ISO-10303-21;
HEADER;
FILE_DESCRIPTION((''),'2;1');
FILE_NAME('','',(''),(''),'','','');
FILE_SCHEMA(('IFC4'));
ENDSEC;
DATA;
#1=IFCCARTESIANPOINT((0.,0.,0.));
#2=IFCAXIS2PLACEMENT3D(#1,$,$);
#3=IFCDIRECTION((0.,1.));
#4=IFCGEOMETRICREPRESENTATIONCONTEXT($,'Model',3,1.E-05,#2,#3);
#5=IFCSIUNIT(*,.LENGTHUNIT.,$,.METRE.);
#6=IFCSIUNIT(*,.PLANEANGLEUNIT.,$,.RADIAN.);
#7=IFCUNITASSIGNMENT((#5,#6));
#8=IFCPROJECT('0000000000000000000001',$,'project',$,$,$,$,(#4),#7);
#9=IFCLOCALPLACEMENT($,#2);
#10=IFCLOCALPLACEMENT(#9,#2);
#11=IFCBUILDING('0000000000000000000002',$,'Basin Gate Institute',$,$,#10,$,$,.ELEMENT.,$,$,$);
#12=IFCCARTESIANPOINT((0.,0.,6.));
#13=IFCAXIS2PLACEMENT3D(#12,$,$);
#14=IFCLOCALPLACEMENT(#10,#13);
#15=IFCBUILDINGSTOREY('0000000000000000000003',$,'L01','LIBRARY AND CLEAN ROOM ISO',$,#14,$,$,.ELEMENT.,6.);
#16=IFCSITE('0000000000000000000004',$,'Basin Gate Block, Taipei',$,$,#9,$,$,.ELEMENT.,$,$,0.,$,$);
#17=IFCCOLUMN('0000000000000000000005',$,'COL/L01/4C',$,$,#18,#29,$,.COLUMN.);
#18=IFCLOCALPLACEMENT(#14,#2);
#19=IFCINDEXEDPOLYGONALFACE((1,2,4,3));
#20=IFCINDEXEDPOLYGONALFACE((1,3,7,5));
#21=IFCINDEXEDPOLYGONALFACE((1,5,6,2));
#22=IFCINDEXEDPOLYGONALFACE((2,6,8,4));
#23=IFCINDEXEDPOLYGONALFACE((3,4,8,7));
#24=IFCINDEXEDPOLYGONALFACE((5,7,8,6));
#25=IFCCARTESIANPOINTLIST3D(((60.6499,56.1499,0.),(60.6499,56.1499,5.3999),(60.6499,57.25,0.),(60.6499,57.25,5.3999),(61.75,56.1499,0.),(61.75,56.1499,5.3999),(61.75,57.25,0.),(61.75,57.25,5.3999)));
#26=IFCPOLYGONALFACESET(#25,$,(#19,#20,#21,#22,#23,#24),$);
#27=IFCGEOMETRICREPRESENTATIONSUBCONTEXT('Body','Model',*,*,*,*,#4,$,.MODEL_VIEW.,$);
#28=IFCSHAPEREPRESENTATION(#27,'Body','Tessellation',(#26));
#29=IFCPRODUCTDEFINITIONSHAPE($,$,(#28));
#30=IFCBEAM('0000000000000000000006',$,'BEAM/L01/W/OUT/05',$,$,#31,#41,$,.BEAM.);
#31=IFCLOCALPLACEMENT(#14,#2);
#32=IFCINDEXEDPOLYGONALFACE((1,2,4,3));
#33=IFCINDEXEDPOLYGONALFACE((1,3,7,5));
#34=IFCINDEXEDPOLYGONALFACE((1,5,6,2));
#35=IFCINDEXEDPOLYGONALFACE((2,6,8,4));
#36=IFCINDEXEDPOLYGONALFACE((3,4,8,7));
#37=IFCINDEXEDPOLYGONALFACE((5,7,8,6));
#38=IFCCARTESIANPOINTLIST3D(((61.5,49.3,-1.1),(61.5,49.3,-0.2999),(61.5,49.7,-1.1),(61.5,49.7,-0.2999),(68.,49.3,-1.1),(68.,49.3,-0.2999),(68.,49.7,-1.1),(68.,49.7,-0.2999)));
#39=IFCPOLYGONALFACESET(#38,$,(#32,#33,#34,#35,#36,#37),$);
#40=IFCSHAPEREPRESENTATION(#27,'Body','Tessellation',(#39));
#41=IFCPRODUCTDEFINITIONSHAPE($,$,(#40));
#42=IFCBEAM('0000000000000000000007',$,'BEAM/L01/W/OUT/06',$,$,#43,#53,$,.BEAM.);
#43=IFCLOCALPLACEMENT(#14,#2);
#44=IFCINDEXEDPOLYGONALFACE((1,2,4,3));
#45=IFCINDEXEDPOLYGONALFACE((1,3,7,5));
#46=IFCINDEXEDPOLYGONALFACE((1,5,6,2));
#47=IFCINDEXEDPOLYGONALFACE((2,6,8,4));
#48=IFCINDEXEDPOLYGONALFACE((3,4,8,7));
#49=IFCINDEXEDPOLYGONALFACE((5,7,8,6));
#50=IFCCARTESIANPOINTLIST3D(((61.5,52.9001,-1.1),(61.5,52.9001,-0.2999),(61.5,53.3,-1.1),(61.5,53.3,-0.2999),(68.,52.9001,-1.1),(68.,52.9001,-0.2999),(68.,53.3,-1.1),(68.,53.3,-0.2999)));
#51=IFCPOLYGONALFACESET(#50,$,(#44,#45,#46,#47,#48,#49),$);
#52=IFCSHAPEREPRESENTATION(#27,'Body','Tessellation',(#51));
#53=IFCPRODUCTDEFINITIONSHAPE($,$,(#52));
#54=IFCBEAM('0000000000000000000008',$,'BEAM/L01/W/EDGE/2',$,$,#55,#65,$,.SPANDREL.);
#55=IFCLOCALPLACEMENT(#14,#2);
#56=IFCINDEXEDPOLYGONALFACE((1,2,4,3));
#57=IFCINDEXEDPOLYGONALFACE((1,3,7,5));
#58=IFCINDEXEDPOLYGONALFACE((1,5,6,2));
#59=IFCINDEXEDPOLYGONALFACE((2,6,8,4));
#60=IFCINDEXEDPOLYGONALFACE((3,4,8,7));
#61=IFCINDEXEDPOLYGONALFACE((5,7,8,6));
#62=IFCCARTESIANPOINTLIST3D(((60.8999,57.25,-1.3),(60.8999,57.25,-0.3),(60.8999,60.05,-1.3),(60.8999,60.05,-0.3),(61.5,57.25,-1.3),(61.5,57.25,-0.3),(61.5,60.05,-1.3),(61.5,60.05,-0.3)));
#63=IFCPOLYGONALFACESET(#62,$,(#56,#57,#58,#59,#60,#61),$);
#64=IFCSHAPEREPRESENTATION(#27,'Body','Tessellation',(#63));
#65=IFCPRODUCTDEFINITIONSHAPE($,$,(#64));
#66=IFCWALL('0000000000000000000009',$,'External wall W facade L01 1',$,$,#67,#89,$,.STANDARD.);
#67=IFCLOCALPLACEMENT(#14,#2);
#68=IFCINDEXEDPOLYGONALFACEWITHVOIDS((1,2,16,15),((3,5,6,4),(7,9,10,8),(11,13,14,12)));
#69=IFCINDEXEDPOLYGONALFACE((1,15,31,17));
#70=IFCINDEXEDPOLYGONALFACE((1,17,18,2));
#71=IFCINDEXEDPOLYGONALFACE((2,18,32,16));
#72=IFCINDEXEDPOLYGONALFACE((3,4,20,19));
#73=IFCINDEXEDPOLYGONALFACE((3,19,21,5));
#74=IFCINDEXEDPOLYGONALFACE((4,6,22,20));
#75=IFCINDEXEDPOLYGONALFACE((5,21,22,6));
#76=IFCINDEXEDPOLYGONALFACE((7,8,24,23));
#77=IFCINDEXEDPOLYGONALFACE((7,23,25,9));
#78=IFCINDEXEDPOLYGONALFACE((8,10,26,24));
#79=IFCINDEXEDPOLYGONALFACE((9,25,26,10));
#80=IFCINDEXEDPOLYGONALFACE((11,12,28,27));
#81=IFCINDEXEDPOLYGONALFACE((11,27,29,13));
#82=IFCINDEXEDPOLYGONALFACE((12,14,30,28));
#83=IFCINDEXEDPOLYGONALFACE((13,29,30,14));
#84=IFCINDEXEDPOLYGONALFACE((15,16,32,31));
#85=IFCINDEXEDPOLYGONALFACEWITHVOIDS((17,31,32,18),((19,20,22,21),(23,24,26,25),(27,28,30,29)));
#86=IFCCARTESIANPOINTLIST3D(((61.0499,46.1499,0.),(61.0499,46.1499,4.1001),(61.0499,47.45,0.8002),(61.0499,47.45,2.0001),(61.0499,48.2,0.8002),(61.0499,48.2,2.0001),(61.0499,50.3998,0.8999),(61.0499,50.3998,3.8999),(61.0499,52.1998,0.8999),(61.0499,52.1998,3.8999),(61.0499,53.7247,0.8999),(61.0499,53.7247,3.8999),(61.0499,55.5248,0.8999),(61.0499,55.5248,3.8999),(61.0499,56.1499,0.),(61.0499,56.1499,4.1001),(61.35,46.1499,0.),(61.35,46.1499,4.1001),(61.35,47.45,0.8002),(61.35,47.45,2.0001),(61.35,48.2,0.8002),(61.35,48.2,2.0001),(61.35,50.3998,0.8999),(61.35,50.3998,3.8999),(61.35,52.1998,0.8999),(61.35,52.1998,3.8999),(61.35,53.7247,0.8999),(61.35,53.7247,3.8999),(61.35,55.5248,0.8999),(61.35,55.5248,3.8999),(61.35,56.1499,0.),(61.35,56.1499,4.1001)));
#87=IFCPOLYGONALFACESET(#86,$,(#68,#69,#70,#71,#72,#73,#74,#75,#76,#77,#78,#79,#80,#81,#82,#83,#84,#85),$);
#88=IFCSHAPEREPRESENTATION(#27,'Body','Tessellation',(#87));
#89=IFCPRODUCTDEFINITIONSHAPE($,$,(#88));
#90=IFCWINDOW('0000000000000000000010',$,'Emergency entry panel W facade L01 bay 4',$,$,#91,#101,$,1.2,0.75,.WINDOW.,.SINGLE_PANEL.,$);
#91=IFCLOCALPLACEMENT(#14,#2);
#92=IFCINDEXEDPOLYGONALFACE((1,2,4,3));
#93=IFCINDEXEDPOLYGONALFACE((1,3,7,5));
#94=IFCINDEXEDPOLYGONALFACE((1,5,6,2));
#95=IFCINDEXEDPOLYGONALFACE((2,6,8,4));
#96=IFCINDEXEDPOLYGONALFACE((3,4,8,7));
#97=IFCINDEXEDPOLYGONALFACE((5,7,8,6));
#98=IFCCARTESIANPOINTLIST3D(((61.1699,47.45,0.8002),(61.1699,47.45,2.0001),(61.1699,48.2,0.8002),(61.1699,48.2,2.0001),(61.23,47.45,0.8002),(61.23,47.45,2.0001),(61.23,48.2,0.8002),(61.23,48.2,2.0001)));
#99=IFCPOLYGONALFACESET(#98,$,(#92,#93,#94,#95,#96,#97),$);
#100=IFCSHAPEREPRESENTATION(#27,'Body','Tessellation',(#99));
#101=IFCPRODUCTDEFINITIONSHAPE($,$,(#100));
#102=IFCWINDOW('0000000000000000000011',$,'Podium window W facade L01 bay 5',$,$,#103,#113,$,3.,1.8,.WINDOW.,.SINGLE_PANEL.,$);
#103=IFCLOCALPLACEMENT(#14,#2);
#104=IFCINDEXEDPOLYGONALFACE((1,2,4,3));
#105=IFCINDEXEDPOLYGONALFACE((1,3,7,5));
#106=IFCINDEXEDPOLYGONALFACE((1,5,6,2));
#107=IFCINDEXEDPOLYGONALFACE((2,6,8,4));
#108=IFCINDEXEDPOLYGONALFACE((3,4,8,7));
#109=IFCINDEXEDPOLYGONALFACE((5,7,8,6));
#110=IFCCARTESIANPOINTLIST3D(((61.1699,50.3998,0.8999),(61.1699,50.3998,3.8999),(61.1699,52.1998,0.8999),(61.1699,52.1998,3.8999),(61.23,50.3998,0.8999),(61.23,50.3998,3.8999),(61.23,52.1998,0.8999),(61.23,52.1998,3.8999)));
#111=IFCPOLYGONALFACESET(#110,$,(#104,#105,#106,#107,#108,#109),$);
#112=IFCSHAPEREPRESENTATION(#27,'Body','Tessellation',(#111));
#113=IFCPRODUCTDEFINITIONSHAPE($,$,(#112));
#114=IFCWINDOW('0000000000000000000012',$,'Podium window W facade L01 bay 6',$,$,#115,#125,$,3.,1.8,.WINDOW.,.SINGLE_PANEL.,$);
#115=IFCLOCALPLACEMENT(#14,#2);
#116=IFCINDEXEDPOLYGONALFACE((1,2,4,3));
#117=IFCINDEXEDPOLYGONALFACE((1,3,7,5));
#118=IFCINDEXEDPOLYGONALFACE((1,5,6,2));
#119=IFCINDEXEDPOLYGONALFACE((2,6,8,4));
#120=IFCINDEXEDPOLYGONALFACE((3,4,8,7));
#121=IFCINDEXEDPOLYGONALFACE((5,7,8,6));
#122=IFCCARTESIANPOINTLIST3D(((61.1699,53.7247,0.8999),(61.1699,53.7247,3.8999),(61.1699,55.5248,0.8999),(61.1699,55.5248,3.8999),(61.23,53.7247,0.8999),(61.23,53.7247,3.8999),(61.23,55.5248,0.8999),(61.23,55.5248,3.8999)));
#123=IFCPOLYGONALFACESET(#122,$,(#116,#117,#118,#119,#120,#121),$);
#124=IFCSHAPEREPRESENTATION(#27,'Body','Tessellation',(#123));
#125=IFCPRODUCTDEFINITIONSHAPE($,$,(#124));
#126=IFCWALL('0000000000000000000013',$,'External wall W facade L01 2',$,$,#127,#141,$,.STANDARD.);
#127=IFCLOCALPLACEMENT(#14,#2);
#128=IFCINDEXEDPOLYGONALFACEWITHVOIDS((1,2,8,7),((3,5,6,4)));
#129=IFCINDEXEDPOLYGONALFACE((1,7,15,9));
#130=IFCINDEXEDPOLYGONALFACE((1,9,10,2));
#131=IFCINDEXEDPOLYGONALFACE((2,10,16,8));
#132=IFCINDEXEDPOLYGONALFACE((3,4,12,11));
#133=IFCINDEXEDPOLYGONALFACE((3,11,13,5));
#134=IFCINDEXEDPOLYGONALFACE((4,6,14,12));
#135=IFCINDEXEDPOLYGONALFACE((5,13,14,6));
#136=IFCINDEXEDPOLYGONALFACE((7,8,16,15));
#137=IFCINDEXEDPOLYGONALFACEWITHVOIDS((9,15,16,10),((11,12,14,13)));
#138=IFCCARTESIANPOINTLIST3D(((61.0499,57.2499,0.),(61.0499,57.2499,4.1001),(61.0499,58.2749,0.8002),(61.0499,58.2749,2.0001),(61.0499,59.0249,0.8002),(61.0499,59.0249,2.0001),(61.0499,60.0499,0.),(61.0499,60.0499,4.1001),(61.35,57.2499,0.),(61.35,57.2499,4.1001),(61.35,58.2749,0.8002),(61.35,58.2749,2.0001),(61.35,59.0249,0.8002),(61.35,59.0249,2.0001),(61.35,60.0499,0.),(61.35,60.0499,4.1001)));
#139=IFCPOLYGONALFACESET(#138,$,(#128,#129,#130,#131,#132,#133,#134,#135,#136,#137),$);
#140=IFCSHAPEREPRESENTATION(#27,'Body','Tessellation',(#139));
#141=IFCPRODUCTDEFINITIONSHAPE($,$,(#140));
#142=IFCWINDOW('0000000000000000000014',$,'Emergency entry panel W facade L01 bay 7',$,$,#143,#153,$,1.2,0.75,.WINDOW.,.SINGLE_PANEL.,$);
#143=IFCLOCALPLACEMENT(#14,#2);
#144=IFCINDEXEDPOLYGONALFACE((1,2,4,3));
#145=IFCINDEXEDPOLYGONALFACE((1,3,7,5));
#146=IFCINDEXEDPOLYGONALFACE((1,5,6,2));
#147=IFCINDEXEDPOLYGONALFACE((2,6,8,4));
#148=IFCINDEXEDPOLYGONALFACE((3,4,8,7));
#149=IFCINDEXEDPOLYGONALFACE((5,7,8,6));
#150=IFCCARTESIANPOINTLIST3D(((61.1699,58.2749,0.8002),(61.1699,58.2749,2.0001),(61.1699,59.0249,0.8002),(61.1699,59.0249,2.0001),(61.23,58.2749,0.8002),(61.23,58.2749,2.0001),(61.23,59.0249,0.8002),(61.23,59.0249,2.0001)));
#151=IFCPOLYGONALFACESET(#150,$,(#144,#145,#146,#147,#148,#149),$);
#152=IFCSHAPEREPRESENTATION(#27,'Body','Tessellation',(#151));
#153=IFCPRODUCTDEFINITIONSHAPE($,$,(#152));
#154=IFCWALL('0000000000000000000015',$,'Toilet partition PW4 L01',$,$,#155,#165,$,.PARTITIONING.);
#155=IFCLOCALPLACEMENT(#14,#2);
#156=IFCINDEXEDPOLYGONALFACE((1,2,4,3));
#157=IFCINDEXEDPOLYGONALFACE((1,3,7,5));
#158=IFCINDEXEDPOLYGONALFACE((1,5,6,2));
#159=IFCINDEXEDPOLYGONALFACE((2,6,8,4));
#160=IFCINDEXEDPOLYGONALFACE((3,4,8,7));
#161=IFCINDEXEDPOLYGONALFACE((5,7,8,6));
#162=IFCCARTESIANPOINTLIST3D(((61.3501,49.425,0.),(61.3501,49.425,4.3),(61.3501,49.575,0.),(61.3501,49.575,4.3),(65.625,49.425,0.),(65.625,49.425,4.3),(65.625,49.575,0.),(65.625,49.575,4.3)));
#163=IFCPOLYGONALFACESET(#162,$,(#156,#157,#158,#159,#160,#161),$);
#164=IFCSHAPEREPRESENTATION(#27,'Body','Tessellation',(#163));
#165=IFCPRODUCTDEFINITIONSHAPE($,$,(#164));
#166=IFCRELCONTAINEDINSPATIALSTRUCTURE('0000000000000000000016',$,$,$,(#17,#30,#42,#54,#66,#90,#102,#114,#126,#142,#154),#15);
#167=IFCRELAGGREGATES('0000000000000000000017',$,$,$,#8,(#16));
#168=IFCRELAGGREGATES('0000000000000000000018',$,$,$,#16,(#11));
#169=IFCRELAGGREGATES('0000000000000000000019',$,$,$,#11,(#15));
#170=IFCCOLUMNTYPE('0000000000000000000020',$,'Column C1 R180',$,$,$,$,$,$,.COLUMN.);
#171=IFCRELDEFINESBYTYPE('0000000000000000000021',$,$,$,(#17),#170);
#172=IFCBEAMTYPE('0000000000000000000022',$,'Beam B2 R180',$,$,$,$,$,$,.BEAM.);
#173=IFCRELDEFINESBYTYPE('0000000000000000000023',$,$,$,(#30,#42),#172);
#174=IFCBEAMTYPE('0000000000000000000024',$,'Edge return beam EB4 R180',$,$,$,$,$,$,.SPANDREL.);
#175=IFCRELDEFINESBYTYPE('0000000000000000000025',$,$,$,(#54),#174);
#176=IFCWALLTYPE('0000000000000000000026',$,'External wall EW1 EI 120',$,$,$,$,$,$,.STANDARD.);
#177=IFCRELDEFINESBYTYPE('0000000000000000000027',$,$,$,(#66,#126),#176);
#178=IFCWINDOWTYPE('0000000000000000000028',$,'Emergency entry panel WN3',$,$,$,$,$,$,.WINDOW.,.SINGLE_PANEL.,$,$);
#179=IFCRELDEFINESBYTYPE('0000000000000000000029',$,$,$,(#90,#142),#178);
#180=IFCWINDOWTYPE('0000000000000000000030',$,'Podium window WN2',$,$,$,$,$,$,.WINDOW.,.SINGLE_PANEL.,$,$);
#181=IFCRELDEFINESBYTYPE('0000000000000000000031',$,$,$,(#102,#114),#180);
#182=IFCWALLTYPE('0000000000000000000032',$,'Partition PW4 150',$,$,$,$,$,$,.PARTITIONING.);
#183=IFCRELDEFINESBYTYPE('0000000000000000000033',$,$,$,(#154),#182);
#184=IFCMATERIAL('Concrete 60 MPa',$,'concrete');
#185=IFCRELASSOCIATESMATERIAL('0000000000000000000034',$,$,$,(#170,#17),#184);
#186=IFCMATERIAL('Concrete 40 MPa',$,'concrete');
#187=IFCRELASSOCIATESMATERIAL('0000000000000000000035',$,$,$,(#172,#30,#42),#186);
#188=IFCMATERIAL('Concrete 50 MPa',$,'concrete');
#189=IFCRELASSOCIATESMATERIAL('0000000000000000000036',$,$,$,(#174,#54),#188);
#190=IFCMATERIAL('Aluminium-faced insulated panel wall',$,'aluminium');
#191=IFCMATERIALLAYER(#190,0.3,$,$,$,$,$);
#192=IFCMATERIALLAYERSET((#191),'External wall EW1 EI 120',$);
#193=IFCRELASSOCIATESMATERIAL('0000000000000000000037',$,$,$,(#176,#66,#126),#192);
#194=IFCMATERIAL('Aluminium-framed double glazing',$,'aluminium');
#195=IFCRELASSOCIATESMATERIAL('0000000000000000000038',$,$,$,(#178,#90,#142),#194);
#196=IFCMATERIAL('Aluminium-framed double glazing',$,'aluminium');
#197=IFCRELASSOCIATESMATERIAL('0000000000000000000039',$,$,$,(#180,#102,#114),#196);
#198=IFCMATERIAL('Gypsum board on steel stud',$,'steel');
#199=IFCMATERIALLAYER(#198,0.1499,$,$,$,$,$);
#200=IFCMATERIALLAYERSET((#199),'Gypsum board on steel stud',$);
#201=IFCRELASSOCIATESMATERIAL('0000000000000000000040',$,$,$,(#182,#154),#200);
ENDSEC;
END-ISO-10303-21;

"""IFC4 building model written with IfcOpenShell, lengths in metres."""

from ifc_helpers import new_model, si_unit, direction, frame, frame_2d, origin, origin_2d, place, context, subcontext, project, spatial, rectangle, extrude, material, layer, layer_set, material_profile, profile_set, type_object, element, fill, save


model = new_model("IFC4")

# Units and contexts
model_context = context("Model", 3, precision=1e-05, world=origin(), true_north=direction((0.0, 1.0)))
body_context = subcontext(model_context, "Body", "Model", "MODEL_VIEW")
ifc_project = project(units=[si_unit("LENGTHUNIT", "METRE"), si_unit("PLANEANGLEUNIT", "RADIAN")], contexts=[model_context])

# Site, building, storey
site_placement = place(None, origin())
site = spatial("IfcSite", under=ifc_project, at=site_placement, Name="Basin Gate Block, Taipei", CompositionType="ELEMENT", RefElevation=0.0)
building_placement = place(site_placement, origin())
building = spatial("IfcBuilding", under=site, at=building_placement, Name="Basin Gate Institute", CompositionType="ELEMENT")
storey_placement = place(building_placement, frame((0.0, 0.0, 6.0)))
storey = spatial("IfcBuildingStorey", under=building, at=storey_placement, Name="L01", Description="LIBRARY AND CLEAN ROOM ISO", CompositionType="ELEMENT", Elevation=6.0)

# Column
ifc_material_1 = material(Name="Concrete 60 MPa", Category="concrete")
ifc_material_profile_1 = material_profile(ifc_material_1, rectangle(XDim=1.1001, YDim=1.1001, at=origin_2d()), Name="Column C1 1100 x 1100")
ifc_profile_set_1 = profile_set([ifc_material_profile_1], Name="Concrete 60 MPa")
column_type = type_object("IfcColumnType", Name="Column C1 R180", PredefinedType="COLUMN", material=ifc_profile_set_1)
column_placement = place(storey_placement, frame((61.2, 56.7, 0.0), z_axis=(0.0, 0.0, 1.0), x_axis=(1.0, 0.0, 0.0)))
element("IfcColumn", 1, at=column_placement, inside=storey, type_object=column_type, material=ifc_profile_set_1, Name="COL/L01/4C", PredefinedType="COLUMN", context=body_context, shape_type="SweptSolid", body=[
    extrude(rectangle(XDim=1.1001, YDim=1.1001, at=origin_2d()), origin(), (0.0, 0.0, 1.0), 5.3999),
])

# Beams
ifc_material_2 = material(Name="Concrete 40 MPa", Category="concrete")
ifc_material_profile_2 = material_profile(ifc_material_2, rectangle(XDim=0.3999, YDim=0.8, at=origin_2d()), Name="Beam B2 400 x 800")
ifc_profile_set_2 = profile_set([ifc_material_profile_2], Name="Concrete 40 MPa")
beam_type_1 = type_object("IfcBeamType", Name="Beam B2 R180", PredefinedType="BEAM", material=ifc_profile_set_2)
for number, where, z_axis, x_axis, name in (
    (2, (61.5, 49.5, -0.7), (1.0, 0.0, 0.0), (0.0, 1.0, 0.0), "BEAM/L01/W/OUT/05"),
    (3, (61.5, 53.1001, -0.7), (1.0, 0.0, 0.0), (0.0, 1.0, 0.0), "BEAM/L01/W/OUT/06"),
):
    element("IfcBeam", number, at=place(storey_placement, frame(where, z_axis=z_axis, x_axis=x_axis)), inside=storey, type_object=beam_type_1, material=ifc_profile_set_2, Name=name, PredefinedType="BEAM", context=body_context, shape_type="SweptSolid", body=[
        extrude(rectangle(XDim=0.3999, YDim=0.8, at=origin_2d()), origin(), (0.0, 0.0, 1.0), 6.5),
    ])
ifc_material_3 = material(Name="Concrete 50 MPa", Category="concrete")
ifc_material_profile_3 = material_profile(ifc_material_3, rectangle(XDim=0.6001, YDim=1.0, at=origin_2d()), Name="Edge return beam EB4 600 x 1000")
ifc_profile_set_3 = profile_set([ifc_material_profile_3], Name="Concrete 50 MPa")
beam_type_2 = type_object("IfcBeamType", Name="Edge return beam EB4 R180", PredefinedType="SPANDREL", material=ifc_profile_set_3)
beam_placement = place(storey_placement, frame((61.2, 57.25, -0.8), z_axis=(0.0, 1.0, 0.0), x_axis=(-1.0, 0.0, 0.0)))
element("IfcBeam", 4, at=beam_placement, inside=storey, type_object=beam_type_2, material=ifc_profile_set_3, Name="BEAM/L01/W/EDGE/2", PredefinedType="SPANDREL", context=body_context, shape_type="SweptSolid", body=[
    extrude(rectangle(XDim=0.6001, YDim=1.0, at=origin_2d()), origin(), (0.0, 0.0, 1.0), 2.8),
])

# Wall, openings, windows
ifc_material_4 = material(Name="Aluminium-faced insulated panel wall", Category="aluminium")
ifc_layer_1 = layer(ifc_material_4, 0.3)
ifc_layer_set_1 = layer_set([ifc_layer_1], Name="External wall EW1 EI 120")
wall_type_1 = type_object("IfcWallType", Name="External wall EW1 EI 120", PredefinedType="STANDARD", material=ifc_layer_set_1)
wall_1_placement = place(storey_placement, frame((61.2, 46.1499, 0.0), z_axis=(0.0, 0.0, 1.0), x_axis=(0.0, 1.0, 0.0)))
wall_1 = element("IfcWall", 5, at=wall_1_placement, inside=storey, type_object=wall_type_1, material=ifc_layer_set_1, Name="External wall W facade L01 1", PredefinedType="STANDARD", context=body_context, shape_type="SweptSolid", body=[
    extrude(rectangle(XDim=10.0, YDim=0.3, at=frame_2d((5.0, 0.0))), origin(), (0.0, 0.0, 1.0), 4.1001),
])
opening_1_placement = place(wall_1_placement, frame((1.3, 0.0, 0.8)))
opening_1 = element("IfcOpeningElement", 6, at=opening_1_placement, cuts=wall_1, PredefinedType="OPENING", context=body_context, shape_type="SweptSolid", body=[
    extrude(rectangle(XDim=0.75, YDim=1.2, at=frame_2d((0.375, 0.6001))), frame((0.0, 0.1602, 0.0), z_axis=(0.0, -1.0, 0.0), x_axis=(1.0, 0.0, 0.0)), (0.0, 0.0, 1.0), 0.3201),
])
opening_2_placement = place(wall_1_placement, frame((4.25, 0.0, 0.8999)))
opening_2 = element("IfcOpeningElement", 7, at=opening_2_placement, cuts=wall_1, PredefinedType="OPENING", context=body_context, shape_type="SweptSolid", body=[
    extrude(rectangle(XDim=1.8, YDim=3.0, at=frame_2d((0.8999, 1.5))), frame((0.0, 0.1602, 0.0), z_axis=(0.0, -1.0, 0.0), x_axis=(1.0, 0.0, 0.0)), (0.0, 0.0, 1.0), 0.3201),
])
opening_3_placement = place(wall_1_placement, frame((7.575, 0.0, 0.8999)))
opening_3 = element("IfcOpeningElement", 8, at=opening_3_placement, cuts=wall_1, PredefinedType="OPENING", context=body_context, shape_type="SweptSolid", body=[
    extrude(rectangle(XDim=1.8, YDim=3.0, at=frame_2d((0.8999, 1.5))), frame((0.0, 0.1602, 0.0), z_axis=(0.0, -1.0, 0.0), x_axis=(1.0, 0.0, 0.0)), (0.0, 0.0, 1.0), 0.3201),
])
ifc_material_5 = material(Name="Aluminium-framed double glazing", Category="aluminium")
window_type_1 = type_object("IfcWindowType", Name="Emergency entry panel WN3", PartitioningType="SINGLE_PANEL", PredefinedType="WINDOW", material=ifc_material_5)
window_1_placement = place(opening_1_placement, origin())
window_1 = element("IfcWindow", 9, at=window_1_placement, inside=storey, type_object=window_type_1, material=ifc_material_5, Name="Emergency entry panel W facade L01 bay 4", OverallHeight=1.2, OverallWidth=0.75, PartitioningType="SINGLE_PANEL", PredefinedType="WINDOW", context=body_context, shape_type="SweptSolid", body=[
    extrude(rectangle(XDim=0.75, YDim=1.2, at=frame_2d((0.375, 0.6001))), frame((0.0, 0.03, 0.0), z_axis=(0.0, -1.0, 0.0), x_axis=(1.0, 0.0, 0.0)), (0.0, 0.0, 1.0), 0.0601),
])
fill(opening_1, window_1)
ifc_material_6 = material(Name="Aluminium-framed double glazing", Category="aluminium")
window_type_2 = type_object("IfcWindowType", Name="Podium window WN2", PartitioningType="SINGLE_PANEL", PredefinedType="WINDOW", material=ifc_material_6)
window_2_placement = place(opening_2_placement, origin())
window_2 = element("IfcWindow", 10, at=window_2_placement, inside=storey, type_object=window_type_2, material=ifc_material_6, Name="Podium window W facade L01 bay 5", OverallHeight=3.0, OverallWidth=1.8, PartitioningType="SINGLE_PANEL", PredefinedType="WINDOW", context=body_context, shape_type="SweptSolid", body=[
    extrude(rectangle(XDim=1.8, YDim=3.0, at=frame_2d((0.8999, 1.5))), frame((0.0, 0.03, 0.0), z_axis=(0.0, -1.0, 0.0), x_axis=(1.0, 0.0, 0.0)), (0.0, 0.0, 1.0), 0.0601),
])
fill(opening_2, window_2)
window_3_placement = place(opening_3_placement, origin())
window_3 = element("IfcWindow", 11, at=window_3_placement, inside=storey, type_object=window_type_2, material=ifc_material_6, Name="Podium window W facade L01 bay 6", OverallHeight=3.0, OverallWidth=1.8, PartitioningType="SINGLE_PANEL", PredefinedType="WINDOW", context=body_context, shape_type="SweptSolid", body=[
    extrude(rectangle(XDim=1.8, YDim=3.0, at=frame_2d((0.8999, 1.5))), frame((0.0, 0.03, 0.0), z_axis=(0.0, -1.0, 0.0), x_axis=(1.0, 0.0, 0.0)), (0.0, 0.0, 1.0), 0.0601),
])
fill(opening_3, window_3)

# Wall, opening, window
wall_2_placement = place(storey_placement, frame((61.2, 57.25, 0.0), z_axis=(0.0, 0.0, 1.0), x_axis=(0.0, 1.0, 0.0)))
wall_2 = element("IfcWall", 12, at=wall_2_placement, inside=storey, type_object=wall_type_1, material=ifc_layer_set_1, Name="External wall W facade L01 2", PredefinedType="STANDARD", context=body_context, shape_type="SweptSolid", body=[
    extrude(rectangle(XDim=2.8, YDim=0.3, at=frame_2d((1.3999, 0.0))), origin(), (0.0, 0.0, 1.0), 4.1001),
])
opening_4_placement = place(wall_2_placement, frame((1.0249, 0.0, 0.8)))
opening_4 = element("IfcOpeningElement", 13, at=opening_4_placement, cuts=wall_2, PredefinedType="OPENING", context=body_context, shape_type="SweptSolid", body=[
    extrude(rectangle(XDim=0.75, YDim=1.2, at=frame_2d((0.375, 0.6001))), frame((0.0, 0.1602, 0.0), z_axis=(0.0, -1.0, 0.0), x_axis=(1.0, 0.0, 0.0)), (0.0, 0.0, 1.0), 0.3201),
])
window_4_placement = place(opening_4_placement, origin())
window_4 = element("IfcWindow", 14, at=window_4_placement, inside=storey, type_object=window_type_1, material=ifc_material_5, Name="Emergency entry panel W facade L01 bay 7", OverallHeight=1.2, OverallWidth=0.75, PartitioningType="SINGLE_PANEL", PredefinedType="WINDOW", context=body_context, shape_type="SweptSolid", body=[
    extrude(rectangle(XDim=0.75, YDim=1.2, at=frame_2d((0.375, 0.6001))), frame((0.0, 0.03, 0.0), z_axis=(0.0, -1.0, 0.0), x_axis=(1.0, 0.0, 0.0)), (0.0, 0.0, 1.0), 0.0601),
])
fill(opening_4, window_4)

# Wall
ifc_material_7 = material(Name="Gypsum board on steel stud", Category="steel")
ifc_layer_2 = layer(ifc_material_7, 0.1499)
ifc_layer_set_2 = layer_set([ifc_layer_2], Name="Gypsum board on steel stud")
wall_type_2 = type_object("IfcWallType", Name="Partition PW4 150", PredefinedType="PARTITIONING", material=ifc_layer_set_2)
for number, where, z_axis, x_axis, name in (
    (15, (61.3501, 49.5, 0.0), (0.0, 0.0, 1.0), (1.0, 0.0, 0.0), "Toilet partition PW4 L01"),
):
    element("IfcWall", number, at=place(storey_placement, frame(where, z_axis=z_axis, x_axis=x_axis)), inside=storey, type_object=wall_type_2, material=ifc_layer_set_2, Name=name, PredefinedType="PARTITIONING", context=body_context, shape_type="SweptSolid", body=[
        extrude(rectangle(XDim=4.2749, YDim=0.1499, at=frame_2d((2.1375, 0.0))), origin(), (0.0, 0.0, 1.0), 4.3),
    ])

save(model, "model.ifc")
